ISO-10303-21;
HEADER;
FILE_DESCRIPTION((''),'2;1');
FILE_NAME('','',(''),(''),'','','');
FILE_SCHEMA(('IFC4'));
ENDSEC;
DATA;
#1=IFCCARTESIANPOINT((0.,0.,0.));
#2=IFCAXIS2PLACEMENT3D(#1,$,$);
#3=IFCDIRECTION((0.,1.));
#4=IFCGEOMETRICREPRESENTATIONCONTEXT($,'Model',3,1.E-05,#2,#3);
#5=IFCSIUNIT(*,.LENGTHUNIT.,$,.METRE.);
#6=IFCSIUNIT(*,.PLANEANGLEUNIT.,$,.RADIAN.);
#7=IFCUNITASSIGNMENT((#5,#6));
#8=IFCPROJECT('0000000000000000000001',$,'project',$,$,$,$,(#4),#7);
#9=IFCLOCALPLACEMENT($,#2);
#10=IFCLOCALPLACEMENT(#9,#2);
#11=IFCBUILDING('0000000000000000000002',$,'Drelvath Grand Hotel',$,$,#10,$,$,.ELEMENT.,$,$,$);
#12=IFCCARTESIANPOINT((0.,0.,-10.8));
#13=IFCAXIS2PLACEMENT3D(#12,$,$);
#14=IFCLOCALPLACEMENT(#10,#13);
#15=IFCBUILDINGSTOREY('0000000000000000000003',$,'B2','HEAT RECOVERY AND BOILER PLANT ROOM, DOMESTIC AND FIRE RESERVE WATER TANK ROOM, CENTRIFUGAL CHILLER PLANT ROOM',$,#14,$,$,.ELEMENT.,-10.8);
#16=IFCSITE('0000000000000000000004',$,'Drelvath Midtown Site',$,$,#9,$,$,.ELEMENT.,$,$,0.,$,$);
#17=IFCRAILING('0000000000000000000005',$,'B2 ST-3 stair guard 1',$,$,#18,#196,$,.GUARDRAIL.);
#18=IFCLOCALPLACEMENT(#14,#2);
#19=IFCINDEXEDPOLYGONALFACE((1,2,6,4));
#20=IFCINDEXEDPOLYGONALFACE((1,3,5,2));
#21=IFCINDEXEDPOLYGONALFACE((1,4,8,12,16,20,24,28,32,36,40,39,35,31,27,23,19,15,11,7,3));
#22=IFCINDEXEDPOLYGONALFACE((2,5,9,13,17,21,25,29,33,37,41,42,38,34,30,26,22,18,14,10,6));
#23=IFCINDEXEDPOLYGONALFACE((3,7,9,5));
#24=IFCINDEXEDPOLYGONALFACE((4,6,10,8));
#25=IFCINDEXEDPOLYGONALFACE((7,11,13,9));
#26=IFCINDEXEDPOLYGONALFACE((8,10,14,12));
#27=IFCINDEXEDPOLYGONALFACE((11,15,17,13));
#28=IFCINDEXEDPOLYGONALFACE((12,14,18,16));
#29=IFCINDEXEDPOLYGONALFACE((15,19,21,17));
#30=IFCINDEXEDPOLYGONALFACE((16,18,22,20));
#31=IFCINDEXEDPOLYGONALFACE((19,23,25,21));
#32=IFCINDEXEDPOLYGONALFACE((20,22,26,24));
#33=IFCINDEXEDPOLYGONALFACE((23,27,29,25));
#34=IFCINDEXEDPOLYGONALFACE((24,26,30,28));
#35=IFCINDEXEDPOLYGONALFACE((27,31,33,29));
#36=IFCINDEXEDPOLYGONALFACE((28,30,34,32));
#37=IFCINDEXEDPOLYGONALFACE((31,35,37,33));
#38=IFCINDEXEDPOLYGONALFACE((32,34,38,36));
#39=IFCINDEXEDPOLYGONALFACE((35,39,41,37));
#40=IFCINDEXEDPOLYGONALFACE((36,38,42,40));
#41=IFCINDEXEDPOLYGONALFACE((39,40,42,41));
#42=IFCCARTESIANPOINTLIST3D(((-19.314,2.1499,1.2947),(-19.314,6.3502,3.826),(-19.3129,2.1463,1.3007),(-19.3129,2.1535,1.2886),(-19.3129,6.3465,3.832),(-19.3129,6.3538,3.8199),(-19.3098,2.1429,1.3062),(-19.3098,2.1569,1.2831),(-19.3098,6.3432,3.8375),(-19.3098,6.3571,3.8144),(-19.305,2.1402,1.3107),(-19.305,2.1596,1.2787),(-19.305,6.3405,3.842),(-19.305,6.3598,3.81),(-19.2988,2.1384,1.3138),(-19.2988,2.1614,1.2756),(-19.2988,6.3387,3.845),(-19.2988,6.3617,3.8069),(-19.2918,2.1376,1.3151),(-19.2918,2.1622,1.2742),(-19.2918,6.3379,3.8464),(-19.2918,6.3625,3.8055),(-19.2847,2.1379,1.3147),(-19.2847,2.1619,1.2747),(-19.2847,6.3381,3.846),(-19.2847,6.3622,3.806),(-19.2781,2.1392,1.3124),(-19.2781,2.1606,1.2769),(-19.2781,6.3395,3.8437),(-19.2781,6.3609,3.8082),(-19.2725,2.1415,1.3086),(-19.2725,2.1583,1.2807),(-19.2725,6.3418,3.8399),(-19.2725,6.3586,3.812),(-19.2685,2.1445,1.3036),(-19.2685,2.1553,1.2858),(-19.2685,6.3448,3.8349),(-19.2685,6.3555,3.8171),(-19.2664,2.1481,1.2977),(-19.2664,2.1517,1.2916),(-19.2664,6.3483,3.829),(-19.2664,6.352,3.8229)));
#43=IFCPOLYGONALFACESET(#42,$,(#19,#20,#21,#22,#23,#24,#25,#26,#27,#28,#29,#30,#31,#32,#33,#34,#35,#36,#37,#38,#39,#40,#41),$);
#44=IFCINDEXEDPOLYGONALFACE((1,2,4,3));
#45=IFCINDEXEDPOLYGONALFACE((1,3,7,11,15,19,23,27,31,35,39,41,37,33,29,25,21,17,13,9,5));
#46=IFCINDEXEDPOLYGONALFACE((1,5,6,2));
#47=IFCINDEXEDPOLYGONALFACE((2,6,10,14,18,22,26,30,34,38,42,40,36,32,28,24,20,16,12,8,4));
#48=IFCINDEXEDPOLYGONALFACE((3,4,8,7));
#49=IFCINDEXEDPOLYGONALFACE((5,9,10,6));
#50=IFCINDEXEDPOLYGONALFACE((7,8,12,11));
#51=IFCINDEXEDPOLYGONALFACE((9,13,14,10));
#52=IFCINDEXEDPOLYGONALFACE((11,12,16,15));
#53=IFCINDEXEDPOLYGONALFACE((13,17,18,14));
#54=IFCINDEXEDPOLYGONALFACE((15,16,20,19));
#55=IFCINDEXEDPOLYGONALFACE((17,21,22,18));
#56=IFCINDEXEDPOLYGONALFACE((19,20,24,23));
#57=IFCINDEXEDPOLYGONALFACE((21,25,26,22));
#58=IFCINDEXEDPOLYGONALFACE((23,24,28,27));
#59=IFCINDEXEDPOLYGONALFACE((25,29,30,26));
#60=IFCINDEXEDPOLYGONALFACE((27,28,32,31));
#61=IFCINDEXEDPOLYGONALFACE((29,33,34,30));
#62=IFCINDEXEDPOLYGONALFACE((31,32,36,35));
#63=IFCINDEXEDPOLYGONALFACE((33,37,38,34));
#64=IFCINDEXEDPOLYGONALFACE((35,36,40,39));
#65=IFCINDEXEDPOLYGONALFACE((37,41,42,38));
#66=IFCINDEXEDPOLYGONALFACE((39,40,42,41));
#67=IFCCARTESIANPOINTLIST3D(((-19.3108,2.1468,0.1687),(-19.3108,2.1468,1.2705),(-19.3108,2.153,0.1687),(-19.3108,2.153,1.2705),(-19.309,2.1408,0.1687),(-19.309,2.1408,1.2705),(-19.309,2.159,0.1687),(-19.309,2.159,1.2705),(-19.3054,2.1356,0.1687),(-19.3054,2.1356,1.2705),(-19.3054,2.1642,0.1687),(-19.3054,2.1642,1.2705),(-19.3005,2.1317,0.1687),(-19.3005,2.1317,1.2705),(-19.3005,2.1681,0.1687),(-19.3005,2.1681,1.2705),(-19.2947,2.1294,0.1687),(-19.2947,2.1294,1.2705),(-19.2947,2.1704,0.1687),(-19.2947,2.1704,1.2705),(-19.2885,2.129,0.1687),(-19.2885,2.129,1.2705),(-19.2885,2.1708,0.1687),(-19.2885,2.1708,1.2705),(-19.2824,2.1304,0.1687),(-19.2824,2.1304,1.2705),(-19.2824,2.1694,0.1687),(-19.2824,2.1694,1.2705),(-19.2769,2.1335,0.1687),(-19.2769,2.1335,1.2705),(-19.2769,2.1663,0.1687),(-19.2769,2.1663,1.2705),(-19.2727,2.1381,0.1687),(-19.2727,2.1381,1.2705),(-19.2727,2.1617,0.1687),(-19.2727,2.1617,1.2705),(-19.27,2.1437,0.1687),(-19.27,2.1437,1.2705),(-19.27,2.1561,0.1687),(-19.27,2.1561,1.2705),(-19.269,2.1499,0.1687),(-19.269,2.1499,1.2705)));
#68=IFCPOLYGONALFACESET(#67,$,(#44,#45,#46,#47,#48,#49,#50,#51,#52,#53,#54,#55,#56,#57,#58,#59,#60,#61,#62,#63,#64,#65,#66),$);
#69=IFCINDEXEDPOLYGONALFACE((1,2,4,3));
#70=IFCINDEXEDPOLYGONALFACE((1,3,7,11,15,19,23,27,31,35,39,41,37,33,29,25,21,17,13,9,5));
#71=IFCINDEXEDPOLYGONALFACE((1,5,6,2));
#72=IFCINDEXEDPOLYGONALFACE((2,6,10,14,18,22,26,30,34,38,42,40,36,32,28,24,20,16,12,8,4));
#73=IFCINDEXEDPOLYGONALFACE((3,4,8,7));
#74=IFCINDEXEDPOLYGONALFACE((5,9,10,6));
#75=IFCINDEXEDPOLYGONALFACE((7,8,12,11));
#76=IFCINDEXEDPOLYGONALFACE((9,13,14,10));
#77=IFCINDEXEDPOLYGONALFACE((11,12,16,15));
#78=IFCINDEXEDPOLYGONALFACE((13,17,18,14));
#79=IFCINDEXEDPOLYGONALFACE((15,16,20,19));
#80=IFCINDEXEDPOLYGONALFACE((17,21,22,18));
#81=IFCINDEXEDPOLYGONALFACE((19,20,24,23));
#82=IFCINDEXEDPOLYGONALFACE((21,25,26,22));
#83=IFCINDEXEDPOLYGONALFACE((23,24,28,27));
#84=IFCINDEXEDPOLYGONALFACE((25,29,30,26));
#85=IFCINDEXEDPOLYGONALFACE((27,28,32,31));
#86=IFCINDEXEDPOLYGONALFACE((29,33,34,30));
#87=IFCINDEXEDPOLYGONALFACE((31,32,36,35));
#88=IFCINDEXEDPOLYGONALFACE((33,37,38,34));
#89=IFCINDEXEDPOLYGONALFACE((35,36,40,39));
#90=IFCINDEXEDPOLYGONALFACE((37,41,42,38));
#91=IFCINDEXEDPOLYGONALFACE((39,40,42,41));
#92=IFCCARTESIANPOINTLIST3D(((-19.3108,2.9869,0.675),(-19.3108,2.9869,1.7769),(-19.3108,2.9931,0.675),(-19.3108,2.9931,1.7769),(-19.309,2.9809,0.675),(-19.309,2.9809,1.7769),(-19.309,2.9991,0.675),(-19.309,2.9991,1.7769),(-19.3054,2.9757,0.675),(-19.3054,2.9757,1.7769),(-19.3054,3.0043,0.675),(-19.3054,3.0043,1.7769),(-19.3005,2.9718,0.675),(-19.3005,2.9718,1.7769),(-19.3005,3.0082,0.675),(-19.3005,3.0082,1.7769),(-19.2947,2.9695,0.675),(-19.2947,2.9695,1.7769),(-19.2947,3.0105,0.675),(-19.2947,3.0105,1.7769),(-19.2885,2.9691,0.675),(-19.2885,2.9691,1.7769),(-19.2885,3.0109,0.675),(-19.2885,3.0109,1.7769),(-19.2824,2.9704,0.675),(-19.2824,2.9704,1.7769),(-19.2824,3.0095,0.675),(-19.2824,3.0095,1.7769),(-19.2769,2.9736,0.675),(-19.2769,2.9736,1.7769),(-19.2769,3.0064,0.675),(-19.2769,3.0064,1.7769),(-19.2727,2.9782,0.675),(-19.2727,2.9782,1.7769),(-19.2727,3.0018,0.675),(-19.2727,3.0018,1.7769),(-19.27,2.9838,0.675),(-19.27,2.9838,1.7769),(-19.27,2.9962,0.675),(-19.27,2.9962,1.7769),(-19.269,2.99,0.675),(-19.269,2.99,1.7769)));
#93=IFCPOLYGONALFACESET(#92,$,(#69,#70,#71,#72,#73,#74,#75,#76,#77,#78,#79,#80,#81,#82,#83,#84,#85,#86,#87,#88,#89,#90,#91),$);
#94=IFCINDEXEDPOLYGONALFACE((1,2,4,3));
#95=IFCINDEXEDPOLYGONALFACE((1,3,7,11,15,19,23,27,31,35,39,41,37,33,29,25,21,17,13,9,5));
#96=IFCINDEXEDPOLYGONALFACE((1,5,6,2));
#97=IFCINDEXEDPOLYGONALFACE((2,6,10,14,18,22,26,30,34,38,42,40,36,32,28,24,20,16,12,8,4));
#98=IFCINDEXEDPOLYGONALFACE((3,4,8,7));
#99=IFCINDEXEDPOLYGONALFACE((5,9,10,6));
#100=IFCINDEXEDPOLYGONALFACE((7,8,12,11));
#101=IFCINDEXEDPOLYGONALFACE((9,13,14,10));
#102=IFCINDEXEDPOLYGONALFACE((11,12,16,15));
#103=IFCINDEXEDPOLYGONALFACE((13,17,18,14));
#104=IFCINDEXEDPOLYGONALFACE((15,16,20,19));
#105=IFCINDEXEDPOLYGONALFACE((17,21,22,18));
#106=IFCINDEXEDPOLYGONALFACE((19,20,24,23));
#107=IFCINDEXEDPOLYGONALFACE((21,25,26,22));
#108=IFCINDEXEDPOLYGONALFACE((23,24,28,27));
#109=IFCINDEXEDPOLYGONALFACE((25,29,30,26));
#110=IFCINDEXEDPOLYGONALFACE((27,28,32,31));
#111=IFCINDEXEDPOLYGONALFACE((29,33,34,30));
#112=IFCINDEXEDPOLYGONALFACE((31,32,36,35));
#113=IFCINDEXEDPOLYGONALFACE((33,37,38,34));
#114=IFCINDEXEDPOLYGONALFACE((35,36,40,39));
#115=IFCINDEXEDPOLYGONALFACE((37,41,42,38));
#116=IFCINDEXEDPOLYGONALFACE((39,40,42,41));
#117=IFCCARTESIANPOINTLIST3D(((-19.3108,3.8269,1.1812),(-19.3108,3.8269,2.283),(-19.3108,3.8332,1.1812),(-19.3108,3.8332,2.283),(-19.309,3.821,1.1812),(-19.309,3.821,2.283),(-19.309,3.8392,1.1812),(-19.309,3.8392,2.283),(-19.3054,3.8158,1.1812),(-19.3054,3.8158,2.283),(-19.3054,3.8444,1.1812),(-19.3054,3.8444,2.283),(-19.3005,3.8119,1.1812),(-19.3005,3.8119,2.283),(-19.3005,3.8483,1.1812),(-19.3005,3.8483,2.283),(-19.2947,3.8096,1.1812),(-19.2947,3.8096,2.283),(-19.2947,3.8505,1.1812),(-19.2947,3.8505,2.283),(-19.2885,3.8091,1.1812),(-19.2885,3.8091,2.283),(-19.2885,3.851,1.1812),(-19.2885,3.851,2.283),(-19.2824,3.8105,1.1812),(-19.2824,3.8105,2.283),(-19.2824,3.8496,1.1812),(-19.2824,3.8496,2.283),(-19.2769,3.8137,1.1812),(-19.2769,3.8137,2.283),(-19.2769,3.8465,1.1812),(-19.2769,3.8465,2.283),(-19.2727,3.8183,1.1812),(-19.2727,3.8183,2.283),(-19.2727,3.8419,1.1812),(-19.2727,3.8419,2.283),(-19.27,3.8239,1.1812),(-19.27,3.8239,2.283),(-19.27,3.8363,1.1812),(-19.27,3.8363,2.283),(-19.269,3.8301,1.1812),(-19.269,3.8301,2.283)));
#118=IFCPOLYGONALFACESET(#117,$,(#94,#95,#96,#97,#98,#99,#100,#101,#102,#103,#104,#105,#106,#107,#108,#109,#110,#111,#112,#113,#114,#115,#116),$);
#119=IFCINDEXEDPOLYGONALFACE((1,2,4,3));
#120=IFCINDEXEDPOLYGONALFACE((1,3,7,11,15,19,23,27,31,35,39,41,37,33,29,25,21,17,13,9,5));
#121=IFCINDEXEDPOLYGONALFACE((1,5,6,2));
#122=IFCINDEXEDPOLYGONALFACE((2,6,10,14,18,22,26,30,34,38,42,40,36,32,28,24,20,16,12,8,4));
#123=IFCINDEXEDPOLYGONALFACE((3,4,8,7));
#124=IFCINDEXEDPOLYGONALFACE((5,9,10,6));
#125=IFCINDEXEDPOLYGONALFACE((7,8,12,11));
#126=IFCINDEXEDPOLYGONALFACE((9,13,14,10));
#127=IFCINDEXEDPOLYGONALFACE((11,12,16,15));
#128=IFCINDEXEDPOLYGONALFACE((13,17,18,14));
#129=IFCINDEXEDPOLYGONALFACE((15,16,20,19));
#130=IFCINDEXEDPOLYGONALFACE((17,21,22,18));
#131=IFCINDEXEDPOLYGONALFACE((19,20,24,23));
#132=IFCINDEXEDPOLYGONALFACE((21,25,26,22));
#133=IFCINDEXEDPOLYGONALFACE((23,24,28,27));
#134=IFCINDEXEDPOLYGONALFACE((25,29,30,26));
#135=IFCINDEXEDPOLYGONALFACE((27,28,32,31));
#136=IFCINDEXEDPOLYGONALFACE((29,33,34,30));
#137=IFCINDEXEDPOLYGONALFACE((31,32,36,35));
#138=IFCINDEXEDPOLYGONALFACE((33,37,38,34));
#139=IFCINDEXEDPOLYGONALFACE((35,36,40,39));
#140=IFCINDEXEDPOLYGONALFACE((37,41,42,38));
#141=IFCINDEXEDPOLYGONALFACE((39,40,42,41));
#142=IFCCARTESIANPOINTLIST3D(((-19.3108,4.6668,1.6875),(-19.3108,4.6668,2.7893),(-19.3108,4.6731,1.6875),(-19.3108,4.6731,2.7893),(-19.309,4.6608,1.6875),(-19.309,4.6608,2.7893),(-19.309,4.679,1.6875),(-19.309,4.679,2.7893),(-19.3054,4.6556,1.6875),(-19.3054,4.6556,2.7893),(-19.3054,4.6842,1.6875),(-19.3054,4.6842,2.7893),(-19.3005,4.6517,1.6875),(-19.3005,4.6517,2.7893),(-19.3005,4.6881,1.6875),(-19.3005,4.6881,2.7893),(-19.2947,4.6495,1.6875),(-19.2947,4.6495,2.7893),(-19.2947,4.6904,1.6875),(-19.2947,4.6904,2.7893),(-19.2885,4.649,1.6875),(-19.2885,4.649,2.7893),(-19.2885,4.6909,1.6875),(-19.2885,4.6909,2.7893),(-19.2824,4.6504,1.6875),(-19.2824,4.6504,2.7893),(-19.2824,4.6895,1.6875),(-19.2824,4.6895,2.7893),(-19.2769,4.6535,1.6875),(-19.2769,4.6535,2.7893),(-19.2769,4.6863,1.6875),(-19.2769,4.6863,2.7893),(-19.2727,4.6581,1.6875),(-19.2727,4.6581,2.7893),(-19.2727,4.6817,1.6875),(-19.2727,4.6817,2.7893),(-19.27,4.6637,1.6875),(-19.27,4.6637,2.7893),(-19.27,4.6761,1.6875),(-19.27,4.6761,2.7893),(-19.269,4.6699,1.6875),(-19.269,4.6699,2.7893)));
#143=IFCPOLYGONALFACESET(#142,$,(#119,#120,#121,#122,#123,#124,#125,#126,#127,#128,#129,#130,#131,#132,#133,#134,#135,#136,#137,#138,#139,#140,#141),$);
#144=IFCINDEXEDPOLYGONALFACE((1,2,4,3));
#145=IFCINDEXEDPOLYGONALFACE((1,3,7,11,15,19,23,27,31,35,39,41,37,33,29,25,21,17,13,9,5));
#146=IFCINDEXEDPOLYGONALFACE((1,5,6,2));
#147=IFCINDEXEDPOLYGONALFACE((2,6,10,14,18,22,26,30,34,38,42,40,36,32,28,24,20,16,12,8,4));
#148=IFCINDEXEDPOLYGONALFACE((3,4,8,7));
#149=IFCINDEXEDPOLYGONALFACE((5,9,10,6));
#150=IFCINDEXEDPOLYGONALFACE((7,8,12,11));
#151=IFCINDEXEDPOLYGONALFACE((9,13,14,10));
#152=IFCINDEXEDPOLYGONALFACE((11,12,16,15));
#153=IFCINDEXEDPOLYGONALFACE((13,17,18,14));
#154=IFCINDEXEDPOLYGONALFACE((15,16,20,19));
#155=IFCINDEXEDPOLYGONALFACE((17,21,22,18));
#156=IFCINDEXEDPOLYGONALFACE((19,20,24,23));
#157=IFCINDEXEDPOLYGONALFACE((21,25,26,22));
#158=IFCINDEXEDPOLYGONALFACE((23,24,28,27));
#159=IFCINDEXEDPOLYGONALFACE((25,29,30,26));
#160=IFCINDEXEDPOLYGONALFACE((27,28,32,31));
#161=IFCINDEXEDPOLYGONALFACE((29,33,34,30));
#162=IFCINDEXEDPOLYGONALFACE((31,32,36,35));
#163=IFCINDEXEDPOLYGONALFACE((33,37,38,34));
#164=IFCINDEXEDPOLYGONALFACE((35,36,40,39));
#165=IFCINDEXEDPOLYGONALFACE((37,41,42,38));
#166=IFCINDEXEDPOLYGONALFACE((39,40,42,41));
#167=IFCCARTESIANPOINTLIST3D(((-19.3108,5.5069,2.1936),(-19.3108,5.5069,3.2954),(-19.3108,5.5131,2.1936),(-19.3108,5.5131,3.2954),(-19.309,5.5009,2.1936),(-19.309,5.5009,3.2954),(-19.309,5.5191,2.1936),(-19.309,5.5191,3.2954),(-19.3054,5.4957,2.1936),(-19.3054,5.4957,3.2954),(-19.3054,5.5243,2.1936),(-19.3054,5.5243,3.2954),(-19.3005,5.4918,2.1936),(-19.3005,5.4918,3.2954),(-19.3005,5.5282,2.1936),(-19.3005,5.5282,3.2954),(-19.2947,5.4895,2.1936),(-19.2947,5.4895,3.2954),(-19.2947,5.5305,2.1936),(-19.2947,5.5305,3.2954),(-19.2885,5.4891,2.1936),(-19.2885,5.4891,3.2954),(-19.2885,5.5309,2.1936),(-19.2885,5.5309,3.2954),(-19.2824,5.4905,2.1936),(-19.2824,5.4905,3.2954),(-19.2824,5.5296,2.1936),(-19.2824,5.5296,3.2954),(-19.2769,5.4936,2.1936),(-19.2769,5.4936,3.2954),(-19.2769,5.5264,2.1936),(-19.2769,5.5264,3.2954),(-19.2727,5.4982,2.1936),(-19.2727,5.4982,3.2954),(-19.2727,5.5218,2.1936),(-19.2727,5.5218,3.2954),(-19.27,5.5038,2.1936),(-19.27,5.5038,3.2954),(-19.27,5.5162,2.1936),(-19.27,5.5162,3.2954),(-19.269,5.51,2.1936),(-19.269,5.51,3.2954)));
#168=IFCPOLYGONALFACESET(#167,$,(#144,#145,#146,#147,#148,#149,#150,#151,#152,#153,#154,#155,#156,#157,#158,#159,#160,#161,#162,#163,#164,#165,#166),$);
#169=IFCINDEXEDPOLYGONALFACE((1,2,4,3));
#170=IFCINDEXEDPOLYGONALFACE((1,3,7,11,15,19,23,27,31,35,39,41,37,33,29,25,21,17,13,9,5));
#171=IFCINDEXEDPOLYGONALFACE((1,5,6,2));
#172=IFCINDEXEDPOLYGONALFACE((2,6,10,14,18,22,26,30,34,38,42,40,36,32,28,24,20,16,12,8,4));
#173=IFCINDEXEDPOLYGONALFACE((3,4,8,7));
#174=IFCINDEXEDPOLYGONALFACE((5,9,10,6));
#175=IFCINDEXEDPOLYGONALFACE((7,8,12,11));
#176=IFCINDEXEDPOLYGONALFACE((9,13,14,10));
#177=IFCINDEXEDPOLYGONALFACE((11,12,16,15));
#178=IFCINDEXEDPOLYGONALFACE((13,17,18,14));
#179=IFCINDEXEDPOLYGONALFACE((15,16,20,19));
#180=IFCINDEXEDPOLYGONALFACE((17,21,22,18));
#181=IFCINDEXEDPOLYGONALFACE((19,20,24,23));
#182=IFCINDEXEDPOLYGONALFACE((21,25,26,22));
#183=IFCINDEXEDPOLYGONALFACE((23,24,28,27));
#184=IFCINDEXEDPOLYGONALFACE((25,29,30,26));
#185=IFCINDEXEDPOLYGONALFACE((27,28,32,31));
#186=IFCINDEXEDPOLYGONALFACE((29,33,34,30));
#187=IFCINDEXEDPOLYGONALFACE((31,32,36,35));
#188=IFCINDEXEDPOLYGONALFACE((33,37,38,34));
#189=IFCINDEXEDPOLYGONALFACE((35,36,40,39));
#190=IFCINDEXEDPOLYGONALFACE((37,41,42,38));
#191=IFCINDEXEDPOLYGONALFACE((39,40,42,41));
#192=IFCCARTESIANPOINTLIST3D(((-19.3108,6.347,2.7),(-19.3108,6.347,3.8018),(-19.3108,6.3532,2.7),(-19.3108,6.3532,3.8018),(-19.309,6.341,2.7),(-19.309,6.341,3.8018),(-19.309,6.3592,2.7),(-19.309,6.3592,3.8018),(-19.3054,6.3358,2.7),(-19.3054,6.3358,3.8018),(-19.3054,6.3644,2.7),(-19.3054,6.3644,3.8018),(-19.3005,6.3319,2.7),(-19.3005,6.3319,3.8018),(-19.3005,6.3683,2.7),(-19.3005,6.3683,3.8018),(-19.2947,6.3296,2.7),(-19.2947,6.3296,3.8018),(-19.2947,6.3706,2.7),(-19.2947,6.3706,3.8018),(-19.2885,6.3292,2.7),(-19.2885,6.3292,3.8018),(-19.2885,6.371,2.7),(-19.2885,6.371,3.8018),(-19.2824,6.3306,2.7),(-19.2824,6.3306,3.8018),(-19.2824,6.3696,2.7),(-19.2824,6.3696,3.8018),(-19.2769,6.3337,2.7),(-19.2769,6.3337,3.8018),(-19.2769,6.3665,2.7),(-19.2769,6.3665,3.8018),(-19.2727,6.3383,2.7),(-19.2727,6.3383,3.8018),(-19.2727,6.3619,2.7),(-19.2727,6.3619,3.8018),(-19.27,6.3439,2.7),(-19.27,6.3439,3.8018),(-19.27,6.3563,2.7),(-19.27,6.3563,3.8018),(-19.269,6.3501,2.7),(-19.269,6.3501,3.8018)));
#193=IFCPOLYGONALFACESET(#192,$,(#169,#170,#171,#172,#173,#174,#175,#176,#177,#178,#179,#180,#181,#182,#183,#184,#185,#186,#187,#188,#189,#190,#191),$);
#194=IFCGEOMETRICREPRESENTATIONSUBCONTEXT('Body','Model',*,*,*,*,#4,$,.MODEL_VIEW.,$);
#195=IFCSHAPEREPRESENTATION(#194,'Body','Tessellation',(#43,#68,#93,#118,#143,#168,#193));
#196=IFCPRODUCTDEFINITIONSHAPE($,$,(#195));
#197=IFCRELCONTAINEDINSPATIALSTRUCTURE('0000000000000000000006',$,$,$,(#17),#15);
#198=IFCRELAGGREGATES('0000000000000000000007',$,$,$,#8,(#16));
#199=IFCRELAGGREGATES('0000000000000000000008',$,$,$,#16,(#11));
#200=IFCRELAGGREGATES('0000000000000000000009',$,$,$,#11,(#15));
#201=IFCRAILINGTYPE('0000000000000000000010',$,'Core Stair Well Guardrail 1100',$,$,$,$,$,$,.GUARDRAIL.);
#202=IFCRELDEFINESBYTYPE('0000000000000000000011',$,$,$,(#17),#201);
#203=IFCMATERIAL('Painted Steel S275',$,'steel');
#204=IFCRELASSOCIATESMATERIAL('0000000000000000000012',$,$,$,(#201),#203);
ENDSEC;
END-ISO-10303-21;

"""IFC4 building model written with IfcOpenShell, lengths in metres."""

from ifc_helpers import new_model, si_unit, direction, frame, origin, origin_2d, place, context, subcontext, project, spatial, circle, extrude, material, type_object, element, save


model = new_model("IFC4")

# Units and contexts
model_context = context("Model", 3, precision=1e-05, world=origin(), true_north=direction((0.0, 1.0)))
body_context = subcontext(model_context, "Body", "Model", "MODEL_VIEW")
ifc_project = project(units=[si_unit("LENGTHUNIT", "METRE"), si_unit("PLANEANGLEUNIT", "RADIAN")], contexts=[model_context])

# Site, building, storey
site_placement = place(None, origin())
site = spatial("IfcSite", under=ifc_project, at=site_placement, Name="Drelvath Midtown Site", CompositionType="ELEMENT", RefElevation=0.0)
building_placement = place(site_placement, origin())
building = spatial("IfcBuilding", under=site, at=building_placement, Name="Drelvath Grand Hotel", CompositionType="ELEMENT")
storey_placement = place(building_placement, frame((0.0, 0.0, -10.8)))
storey = spatial("IfcBuildingStorey", under=building, at=storey_placement, Name="B2", Description="HEAT RECOVERY AND BOILER PLANT ROOM, DOMESTIC AND FIRE RESERVE WATER TANK ROOM, CENTRIFUGAL CHILLER PLANT ROOM", CompositionType="ELEMENT", Elevation=-10.8)

# Shared definitions
ifc_material_1 = material(Name="Painted Steel S275", Category="steel")

# Railing
railing_type_1 = type_object("IfcRailingType", Name="Core Stair Well Guardrail 1100", PredefinedType="GUARDRAIL", material=ifc_material_1)
railing_1_placement = place(storey_placement, frame((-19.29, 2.1499, 0.1687)))
element("IfcRailing", 1, at=railing_1_placement, inside=storey, type_object=railing_type_1, Name="B2 ST-3 stair guard 1", PredefinedType="GUARDRAIL", context=body_context, shape_type="SweptSolid", body=[
    extrude(circle(Radius=0.0239, at=origin_2d()), frame((0.0, 0.0, 1.126), z_axis=(0.0, 0.85649, 0.516164), x_axis=(-1.0, 0.0, 0.0)), (0.0, 0.0, 1.0), 4.9041),
    extrude(circle(Radius=0.021, at=origin_2d()), origin(), (0.0, 0.0, 1.0), 1.1018),
    extrude(circle(Radius=0.021, at=origin_2d()), frame((0.0, 0.8401, 0.5063)), (0.0, 0.0, 1.0), 1.1018),
    extrude(circle(Radius=0.021, at=origin_2d()), frame((0.0, 1.6802, 1.0125)), (0.0, 0.0, 1.0), 1.1018),
    extrude(circle(Radius=0.021, at=origin_2d()), frame((0.0, 2.52, 1.5188)), (0.0, 0.0, 1.0), 1.1018),
    extrude(circle(Radius=0.021, at=origin_2d()), frame((0.0, 3.3601, 2.0249)), (0.0, 0.0, 1.0), 1.1018),
    extrude(circle(Radius=0.021, at=origin_2d()), frame((0.0, 4.2002, 2.5312)), (0.0, 0.0, 1.0), 1.1018),
])

save(model, "model.ifc")
